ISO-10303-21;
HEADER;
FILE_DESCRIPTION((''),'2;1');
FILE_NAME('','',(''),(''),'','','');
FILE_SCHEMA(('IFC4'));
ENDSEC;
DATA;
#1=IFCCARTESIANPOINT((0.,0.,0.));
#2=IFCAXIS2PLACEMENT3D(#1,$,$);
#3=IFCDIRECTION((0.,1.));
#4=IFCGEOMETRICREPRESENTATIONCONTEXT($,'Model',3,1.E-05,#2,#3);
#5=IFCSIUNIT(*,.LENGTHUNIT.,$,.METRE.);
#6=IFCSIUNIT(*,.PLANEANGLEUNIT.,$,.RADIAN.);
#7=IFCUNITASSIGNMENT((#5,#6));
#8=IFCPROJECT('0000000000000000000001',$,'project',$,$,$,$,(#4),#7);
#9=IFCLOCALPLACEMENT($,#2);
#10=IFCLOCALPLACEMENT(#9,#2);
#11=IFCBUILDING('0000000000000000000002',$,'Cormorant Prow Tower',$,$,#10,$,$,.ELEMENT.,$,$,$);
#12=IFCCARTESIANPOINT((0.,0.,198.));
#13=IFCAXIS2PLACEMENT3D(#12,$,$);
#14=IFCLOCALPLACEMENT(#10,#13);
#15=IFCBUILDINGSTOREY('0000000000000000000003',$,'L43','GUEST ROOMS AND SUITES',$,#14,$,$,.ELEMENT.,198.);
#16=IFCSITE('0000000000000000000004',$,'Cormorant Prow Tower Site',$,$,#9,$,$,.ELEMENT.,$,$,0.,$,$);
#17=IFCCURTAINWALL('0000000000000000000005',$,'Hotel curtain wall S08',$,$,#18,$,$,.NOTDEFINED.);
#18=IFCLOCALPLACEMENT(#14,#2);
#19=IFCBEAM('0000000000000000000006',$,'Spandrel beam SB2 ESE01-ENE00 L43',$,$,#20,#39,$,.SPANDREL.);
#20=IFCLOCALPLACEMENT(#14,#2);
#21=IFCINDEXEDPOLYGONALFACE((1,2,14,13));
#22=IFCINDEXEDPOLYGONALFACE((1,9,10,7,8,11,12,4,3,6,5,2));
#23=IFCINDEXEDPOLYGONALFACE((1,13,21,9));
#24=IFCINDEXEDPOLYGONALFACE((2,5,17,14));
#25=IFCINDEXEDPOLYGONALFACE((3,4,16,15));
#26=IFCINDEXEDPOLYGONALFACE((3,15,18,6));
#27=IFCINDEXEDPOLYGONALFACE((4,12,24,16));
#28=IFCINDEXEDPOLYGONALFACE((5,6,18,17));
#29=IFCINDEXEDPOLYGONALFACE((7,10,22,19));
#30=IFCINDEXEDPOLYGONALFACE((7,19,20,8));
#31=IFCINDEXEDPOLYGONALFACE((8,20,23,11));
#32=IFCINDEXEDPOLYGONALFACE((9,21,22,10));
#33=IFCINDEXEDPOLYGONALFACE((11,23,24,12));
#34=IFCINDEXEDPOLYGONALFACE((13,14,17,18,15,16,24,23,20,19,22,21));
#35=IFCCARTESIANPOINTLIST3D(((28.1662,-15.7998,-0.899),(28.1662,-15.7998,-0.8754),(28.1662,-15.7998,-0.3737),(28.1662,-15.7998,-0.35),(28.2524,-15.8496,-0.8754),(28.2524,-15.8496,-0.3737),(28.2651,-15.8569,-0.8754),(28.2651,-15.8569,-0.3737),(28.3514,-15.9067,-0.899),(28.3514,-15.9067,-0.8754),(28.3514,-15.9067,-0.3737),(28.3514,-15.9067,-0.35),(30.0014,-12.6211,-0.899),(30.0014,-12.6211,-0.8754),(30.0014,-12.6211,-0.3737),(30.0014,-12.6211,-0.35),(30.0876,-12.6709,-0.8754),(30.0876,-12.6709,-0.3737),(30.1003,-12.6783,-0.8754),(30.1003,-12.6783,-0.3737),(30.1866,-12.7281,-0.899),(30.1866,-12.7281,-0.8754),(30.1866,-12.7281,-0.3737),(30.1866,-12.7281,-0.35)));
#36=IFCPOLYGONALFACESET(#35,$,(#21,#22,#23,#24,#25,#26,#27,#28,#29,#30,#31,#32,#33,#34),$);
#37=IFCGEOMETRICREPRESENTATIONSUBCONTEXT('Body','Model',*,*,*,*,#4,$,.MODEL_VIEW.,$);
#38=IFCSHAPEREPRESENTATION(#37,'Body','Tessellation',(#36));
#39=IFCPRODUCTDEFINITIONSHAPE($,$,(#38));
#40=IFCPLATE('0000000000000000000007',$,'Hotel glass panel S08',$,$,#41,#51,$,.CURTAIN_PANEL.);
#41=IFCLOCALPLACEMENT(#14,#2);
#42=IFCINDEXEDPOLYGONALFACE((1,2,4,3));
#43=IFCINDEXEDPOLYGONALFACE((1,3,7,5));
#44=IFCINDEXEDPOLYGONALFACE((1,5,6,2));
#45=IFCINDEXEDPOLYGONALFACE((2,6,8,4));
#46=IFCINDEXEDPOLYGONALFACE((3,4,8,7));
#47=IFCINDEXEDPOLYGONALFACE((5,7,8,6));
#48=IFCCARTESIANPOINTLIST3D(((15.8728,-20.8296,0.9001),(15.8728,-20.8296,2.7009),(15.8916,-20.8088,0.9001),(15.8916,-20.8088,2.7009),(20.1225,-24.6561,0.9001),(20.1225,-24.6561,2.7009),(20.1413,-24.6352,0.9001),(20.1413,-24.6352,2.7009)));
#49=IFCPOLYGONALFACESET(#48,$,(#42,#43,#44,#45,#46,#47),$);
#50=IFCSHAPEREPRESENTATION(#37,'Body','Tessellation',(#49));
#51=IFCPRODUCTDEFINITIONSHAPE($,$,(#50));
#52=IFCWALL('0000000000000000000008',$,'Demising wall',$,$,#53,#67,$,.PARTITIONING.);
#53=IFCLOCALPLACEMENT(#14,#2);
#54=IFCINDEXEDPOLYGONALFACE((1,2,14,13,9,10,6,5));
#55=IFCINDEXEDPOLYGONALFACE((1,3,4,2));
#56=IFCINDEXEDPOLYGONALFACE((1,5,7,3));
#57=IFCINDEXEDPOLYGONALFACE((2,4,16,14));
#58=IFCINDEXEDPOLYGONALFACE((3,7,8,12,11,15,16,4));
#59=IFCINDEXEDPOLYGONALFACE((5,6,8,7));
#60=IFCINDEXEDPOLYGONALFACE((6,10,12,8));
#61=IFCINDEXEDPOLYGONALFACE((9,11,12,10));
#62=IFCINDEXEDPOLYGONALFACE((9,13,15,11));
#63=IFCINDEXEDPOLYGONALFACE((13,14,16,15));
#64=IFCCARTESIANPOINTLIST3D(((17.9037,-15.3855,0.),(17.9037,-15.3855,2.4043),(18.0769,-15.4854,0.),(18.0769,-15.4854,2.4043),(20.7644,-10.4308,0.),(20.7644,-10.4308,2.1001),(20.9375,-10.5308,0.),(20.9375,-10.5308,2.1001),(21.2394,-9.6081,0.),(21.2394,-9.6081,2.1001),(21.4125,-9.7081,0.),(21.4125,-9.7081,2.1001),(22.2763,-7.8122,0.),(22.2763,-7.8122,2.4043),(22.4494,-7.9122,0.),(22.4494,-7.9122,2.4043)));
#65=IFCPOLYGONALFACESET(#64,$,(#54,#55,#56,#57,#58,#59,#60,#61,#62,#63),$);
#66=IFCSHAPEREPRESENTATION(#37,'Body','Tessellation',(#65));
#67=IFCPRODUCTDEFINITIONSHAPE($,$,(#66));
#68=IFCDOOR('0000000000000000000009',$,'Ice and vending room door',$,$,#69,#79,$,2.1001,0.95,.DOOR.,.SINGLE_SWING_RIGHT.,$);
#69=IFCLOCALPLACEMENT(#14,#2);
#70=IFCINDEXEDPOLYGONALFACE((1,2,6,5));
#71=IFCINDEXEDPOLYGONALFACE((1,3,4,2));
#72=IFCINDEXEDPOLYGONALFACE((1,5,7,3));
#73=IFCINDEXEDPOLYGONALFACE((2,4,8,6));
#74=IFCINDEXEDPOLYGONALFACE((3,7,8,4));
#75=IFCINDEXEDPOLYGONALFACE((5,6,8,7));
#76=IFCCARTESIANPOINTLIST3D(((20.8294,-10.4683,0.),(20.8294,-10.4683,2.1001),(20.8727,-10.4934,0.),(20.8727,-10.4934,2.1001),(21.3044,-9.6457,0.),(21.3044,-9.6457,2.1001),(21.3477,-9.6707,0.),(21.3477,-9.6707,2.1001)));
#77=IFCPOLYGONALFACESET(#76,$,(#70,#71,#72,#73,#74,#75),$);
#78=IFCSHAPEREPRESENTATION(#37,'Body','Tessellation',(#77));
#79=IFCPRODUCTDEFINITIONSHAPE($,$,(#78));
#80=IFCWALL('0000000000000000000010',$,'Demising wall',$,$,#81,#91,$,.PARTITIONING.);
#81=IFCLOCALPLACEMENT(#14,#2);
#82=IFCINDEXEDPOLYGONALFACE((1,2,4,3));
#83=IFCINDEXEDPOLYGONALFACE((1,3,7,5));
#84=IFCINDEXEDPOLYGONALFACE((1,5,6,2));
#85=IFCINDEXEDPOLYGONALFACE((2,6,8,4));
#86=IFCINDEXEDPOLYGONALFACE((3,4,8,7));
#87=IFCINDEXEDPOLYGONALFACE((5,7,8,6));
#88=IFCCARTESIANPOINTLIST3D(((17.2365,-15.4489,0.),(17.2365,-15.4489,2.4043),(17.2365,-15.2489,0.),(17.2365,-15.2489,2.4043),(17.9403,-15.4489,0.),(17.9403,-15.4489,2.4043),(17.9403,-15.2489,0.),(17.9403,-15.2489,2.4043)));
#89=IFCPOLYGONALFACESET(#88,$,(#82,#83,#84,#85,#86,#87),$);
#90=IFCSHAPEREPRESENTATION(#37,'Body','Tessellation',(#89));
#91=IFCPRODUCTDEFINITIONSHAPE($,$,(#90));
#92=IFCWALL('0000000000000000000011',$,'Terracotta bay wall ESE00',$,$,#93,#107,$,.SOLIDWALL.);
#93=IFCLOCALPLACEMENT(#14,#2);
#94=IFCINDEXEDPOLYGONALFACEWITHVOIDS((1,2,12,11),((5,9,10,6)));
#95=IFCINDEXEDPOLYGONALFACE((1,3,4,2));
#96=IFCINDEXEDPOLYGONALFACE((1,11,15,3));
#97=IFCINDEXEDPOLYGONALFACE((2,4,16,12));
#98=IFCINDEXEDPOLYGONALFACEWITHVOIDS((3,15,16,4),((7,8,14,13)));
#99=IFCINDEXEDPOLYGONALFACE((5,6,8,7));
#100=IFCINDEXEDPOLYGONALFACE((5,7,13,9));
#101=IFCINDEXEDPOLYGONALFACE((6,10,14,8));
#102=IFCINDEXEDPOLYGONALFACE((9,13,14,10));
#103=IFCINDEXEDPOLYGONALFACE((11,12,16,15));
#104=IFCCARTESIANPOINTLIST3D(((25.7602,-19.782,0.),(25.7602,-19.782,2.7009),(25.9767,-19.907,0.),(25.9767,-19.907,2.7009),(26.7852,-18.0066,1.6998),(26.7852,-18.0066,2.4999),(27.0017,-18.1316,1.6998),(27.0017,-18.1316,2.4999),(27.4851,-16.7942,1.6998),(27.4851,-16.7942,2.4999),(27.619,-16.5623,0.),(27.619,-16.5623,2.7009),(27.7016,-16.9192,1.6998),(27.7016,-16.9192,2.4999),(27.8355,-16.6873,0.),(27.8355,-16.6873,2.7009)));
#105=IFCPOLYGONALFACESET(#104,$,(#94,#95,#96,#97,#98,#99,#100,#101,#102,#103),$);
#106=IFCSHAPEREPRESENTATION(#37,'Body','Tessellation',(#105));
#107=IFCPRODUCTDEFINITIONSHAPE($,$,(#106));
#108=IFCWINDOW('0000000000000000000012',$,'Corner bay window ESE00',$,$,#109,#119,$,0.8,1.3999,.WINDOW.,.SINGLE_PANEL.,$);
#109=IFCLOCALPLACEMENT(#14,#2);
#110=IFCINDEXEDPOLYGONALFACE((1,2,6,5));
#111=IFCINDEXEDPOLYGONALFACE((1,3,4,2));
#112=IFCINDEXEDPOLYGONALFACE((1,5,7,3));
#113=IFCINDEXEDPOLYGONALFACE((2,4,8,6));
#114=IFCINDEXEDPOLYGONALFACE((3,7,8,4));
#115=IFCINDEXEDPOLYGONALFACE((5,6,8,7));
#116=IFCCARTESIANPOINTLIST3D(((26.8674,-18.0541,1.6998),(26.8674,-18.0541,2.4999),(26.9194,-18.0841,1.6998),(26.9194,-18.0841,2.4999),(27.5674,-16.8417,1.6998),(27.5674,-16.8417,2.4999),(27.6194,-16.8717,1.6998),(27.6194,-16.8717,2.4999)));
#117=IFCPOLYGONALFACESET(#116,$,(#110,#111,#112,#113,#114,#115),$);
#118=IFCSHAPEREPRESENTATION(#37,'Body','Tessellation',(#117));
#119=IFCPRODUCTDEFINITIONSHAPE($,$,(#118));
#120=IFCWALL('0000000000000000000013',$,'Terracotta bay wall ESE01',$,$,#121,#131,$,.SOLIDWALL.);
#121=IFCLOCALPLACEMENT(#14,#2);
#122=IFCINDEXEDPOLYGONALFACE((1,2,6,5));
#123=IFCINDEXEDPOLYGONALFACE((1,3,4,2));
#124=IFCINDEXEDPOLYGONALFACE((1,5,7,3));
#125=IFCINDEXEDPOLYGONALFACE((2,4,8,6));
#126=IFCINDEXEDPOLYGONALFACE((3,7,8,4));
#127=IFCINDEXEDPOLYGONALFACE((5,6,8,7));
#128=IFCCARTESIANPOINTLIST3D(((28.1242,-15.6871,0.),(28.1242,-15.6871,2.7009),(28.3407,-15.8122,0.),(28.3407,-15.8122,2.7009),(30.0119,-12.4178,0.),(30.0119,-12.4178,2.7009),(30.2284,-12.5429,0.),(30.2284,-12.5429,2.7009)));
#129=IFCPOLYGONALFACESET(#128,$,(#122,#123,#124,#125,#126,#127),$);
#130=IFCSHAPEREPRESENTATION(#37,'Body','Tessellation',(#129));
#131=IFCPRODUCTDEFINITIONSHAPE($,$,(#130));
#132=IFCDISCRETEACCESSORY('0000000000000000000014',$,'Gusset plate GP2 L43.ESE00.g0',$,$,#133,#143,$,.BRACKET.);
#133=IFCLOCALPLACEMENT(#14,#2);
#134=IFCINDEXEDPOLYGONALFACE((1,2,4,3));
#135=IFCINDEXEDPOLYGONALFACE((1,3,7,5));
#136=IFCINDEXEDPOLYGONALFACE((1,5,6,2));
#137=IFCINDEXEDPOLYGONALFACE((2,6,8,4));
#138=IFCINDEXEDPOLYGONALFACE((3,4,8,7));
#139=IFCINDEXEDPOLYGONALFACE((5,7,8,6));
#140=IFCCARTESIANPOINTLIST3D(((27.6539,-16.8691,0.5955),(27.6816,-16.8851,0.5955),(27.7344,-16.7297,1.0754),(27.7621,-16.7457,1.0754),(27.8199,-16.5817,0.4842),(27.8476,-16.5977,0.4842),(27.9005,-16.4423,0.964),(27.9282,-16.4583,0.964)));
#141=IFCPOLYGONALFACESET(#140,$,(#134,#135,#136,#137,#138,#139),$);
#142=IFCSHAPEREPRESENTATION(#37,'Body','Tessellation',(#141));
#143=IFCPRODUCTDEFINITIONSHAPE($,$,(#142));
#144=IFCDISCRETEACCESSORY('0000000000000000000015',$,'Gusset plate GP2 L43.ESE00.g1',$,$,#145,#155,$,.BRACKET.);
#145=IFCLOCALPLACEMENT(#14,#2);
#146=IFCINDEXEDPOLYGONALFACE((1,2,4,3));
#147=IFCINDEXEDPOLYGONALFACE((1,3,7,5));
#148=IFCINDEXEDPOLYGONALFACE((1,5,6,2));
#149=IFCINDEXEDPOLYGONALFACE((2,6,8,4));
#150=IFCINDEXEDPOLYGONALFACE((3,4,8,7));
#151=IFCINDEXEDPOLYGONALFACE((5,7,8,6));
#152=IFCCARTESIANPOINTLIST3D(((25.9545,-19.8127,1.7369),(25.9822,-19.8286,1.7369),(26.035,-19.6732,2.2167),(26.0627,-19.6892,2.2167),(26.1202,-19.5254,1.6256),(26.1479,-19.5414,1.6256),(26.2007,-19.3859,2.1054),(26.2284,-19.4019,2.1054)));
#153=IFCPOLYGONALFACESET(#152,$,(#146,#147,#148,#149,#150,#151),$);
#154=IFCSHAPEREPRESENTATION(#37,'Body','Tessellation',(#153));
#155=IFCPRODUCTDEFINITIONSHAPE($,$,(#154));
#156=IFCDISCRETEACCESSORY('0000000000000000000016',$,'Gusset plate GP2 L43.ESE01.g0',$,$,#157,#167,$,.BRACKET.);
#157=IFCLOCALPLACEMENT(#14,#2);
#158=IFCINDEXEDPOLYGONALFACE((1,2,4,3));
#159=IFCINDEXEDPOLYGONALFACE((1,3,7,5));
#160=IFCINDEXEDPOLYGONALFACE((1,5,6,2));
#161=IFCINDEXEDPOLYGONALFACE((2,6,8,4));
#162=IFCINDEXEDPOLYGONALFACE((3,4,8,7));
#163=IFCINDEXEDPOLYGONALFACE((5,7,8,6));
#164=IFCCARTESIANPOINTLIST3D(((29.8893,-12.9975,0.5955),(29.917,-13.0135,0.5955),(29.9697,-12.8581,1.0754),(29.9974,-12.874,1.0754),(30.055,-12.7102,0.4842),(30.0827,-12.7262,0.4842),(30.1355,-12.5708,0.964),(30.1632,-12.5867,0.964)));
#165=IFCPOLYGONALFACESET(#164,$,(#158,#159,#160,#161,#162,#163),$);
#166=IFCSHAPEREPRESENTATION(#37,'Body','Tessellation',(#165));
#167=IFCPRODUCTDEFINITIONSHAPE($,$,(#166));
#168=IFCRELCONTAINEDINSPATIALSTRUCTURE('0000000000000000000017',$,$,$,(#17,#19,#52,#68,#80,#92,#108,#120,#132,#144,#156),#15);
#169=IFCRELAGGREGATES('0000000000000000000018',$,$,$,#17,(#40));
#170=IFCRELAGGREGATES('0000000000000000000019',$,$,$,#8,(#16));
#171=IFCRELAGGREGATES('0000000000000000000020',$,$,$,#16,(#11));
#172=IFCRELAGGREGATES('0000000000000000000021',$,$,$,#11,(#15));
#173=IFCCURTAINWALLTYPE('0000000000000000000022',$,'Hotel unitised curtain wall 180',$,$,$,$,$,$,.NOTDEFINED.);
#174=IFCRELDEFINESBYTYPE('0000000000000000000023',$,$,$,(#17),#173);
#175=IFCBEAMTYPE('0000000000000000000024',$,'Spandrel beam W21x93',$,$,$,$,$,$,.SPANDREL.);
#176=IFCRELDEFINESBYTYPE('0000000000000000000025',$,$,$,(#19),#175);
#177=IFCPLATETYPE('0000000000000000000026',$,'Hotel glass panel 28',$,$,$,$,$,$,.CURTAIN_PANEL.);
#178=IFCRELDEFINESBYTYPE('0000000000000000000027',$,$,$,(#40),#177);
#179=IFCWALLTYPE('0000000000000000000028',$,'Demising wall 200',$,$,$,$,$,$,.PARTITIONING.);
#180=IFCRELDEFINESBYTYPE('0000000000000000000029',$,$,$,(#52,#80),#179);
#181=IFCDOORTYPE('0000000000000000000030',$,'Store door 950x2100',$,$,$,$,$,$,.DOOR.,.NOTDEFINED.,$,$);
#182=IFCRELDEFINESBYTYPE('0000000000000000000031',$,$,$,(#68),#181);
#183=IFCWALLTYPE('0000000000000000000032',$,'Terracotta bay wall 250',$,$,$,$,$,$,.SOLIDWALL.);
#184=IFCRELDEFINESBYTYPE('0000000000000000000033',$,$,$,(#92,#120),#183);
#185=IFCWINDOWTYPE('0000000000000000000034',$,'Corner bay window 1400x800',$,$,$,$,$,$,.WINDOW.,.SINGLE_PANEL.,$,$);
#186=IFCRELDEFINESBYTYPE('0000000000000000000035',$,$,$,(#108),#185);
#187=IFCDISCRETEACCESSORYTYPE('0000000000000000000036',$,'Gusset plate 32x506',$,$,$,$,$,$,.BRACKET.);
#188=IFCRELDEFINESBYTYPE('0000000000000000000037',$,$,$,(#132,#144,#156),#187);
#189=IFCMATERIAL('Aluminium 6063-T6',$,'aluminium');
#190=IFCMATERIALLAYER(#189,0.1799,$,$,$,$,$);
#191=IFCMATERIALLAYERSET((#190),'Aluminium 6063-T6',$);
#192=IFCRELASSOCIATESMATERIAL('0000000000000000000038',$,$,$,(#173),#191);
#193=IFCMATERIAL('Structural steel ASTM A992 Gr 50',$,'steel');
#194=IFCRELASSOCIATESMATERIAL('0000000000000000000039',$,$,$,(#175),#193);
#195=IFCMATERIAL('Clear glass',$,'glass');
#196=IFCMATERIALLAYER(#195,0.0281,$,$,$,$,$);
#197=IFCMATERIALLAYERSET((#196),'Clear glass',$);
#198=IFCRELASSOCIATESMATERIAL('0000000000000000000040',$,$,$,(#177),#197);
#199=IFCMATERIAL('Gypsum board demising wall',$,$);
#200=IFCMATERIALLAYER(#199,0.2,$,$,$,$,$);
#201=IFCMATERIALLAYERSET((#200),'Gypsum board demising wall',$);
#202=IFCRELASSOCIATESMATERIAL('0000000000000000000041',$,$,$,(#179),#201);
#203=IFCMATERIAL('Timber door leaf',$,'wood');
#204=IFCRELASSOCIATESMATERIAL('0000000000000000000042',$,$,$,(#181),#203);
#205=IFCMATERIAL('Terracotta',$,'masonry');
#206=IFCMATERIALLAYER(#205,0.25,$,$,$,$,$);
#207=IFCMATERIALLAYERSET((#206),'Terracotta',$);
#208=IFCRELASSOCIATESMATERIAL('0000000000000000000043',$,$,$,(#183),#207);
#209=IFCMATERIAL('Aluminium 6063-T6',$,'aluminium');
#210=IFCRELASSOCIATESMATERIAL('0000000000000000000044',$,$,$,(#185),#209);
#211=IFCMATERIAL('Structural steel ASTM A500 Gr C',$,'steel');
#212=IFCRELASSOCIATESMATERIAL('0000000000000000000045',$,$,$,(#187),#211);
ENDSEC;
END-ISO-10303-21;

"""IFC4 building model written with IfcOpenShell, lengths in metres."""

from ifc_helpers import new_model, si_unit, direction, frame, frame_2d, origin, origin_2d, place, context, subcontext, project, spatial, rectangle, i_section, extrude, material, layer, layer_set, material_profile, profile_set, type_object, element, fill, aggregate, save


model = new_model("IFC4")

# Units and contexts
model_context = context("Model", 3, precision=1e-05, world=origin(), true_north=direction((0.0, 1.0)))
body_context = subcontext(model_context, "Body", "Model", "MODEL_VIEW")
ifc_project = project(units=[si_unit("LENGTHUNIT", "METRE"), si_unit("PLANEANGLEUNIT", "RADIAN")], contexts=[model_context])

# Site, building, storey
site_placement = place(None, origin())
site = spatial("IfcSite", under=ifc_project, at=site_placement, Name="Cormorant Prow Tower Site", CompositionType="ELEMENT", RefElevation=0.0)
building_placement = place(site_placement, origin())
building = spatial("IfcBuilding", under=site, at=building_placement, Name="Cormorant Prow Tower", CompositionType="ELEMENT")
storey_placement = place(building_placement, frame((0.0, 0.0, 198.0)))
storey = spatial("IfcBuildingStorey", under=building, at=storey_placement, Name="L43", Description="GUEST ROOMS AND SUITES", CompositionType="ELEMENT", Elevation=198.0)

# Curtain wall
ifc_material_1 = material(Name="Aluminium 6063-T6", Category="aluminium")
ifc_layer_1 = layer(ifc_material_1, 0.1799)
ifc_layer_set_1 = layer_set([ifc_layer_1], Name="Aluminium 6063-T6")
curtain_wall_type = type_object("IfcCurtainWallType", Name="Hotel unitised curtain wall 180", PredefinedType="NOTDEFINED", material=ifc_layer_set_1)
curtain_wall_placement = place(storey_placement, origin())
curtain_wall = element("IfcCurtainWall", 1, at=curtain_wall_placement, inside=storey, type_object=curtain_wall_type, Name="Hotel curtain wall S08", PredefinedType="NOTDEFINED")

# Beam
ifc_material_2 = material(Name="Structural steel ASTM A992 Gr 50", Category="steel")
ifc_material_profile_1 = material_profile(ifc_material_2, i_section(OverallWidth=0.2139, OverallDepth=0.5491, WebThickness=0.0146, FlangeThickness=0.0237, at=origin_2d()), Name="W21x93")
ifc_profile_set_1 = profile_set([ifc_material_profile_1], Name="Structural steel ASTM A992 Gr 50")
beam_type = type_object("IfcBeamType", Name="Spandrel beam W21x93", PredefinedType="SPANDREL", material=ifc_profile_set_1)
for number, where, z_axis, x_axis, name in (
    (2, (28.2588, -15.8533, -0.6245), (0.499995, 0.866028, 0.0), (-0.866028, 0.499995, 0.0), "Spandrel beam SB2 ESE01-ENE00 L43"),
):
    element("IfcBeam", number, at=place(storey_placement, frame(where, z_axis=z_axis, x_axis=x_axis)), inside=storey, type_object=beam_type, Name=name, PredefinedType="SPANDREL", context=body_context, shape_type="SweptSolid", body=[
        extrude(i_section(OverallWidth=0.2139, OverallDepth=0.5491, WebThickness=0.0146, FlangeThickness=0.0237, at=origin_2d()), origin(), (0.0, 0.0, 1.0), 3.6704),
    ])

# Plate
ifc_material_3 = material(Name="Clear glass", Category="glass")
ifc_layer_2 = layer(ifc_material_3, 0.0281)
ifc_layer_set_2 = layer_set([ifc_layer_2], Name="Clear glass")
plate_type = type_object("IfcPlateType", Name="Hotel glass panel 28", PredefinedType="CURTAIN_PANEL", material=ifc_layer_set_2)
plate_placement = place(storey_placement, frame((18.0071, -22.7324, 0.9001), z_axis=(0.0, 0.0, 1.0), x_axis=(0.743145, -0.669131, 0.0)))
plate = element("IfcPlate", 3, at=plate_placement, type_object=plate_type, Name="Hotel glass panel S08", PredefinedType="CURTAIN_PANEL", context=body_context, shape_type="SweptSolid", body=[
    extrude(rectangle(XDim=5.7185, YDim=0.0281, at=origin_2d()), origin(), (0.0, 0.0, 1.0), 1.8008),
])
aggregate(curtain_wall, [plate])

# Wall, opening, door
ifc_material_4 = material(Name="Gypsum board demising wall")
ifc_layer_3 = layer(ifc_material_4, 0.2)
ifc_layer_set_3 = layer_set([ifc_layer_3], Name="Gypsum board demising wall")
wall_type_1 = type_object("IfcWallType", Name="Demising wall 200", PredefinedType="PARTITIONING", material=ifc_layer_set_3)
wall_1_placement = place(storey_placement, frame((17.9902, -15.4355, 0.0), z_axis=(0.0, 0.0, 1.0), x_axis=(0.500012, 0.866018, 0.0)))
wall_1 = element("IfcWall", 4, at=wall_1_placement, inside=storey, type_object=wall_type_1, Name="Demising wall", PredefinedType="PARTITIONING", context=body_context, shape_type="SweptSolid", body=[
    extrude(rectangle(XDim=8.7449, YDim=0.2, at=frame_2d((4.3726, 0.0))), origin(), (0.0, 0.0, 1.0), 2.4043),
])
opening_1_placement = place(wall_1_placement, frame((5.7212, 0.0, 0.0)))
opening_1 = element("IfcOpeningElement", 5, at=opening_1_placement, cuts=wall_1, PredefinedType="OPENING", context=body_context, shape_type="SweptSolid", body=[
    extrude(rectangle(XDim=0.95, YDim=2.1001, at=frame_2d((0.4751, 1.05))), frame((0.0, 0.1099, 0.0), z_axis=(0.0, -1.0, 0.0), x_axis=(1.0, 0.0, 0.0)), (0.0, 0.0, 1.0), 0.22),
])
ifc_material_5 = material(Name="Timber door leaf", Category="wood")
door_type_1 = type_object("IfcDoorType", Name="Store door 950x2100", OperationType="NOTDEFINED", PredefinedType="DOOR", material=ifc_material_5)
door_1_placement = place(opening_1_placement, origin())
door_1 = element("IfcDoor", 6, at=door_1_placement, inside=storey, type_object=door_type_1, Name="Ice and vending room door", OperationType="SINGLE_SWING_RIGHT", OverallHeight=2.1001, OverallWidth=0.95, PredefinedType="DOOR", context=body_context, shape_type="SweptSolid", body=[
    extrude(rectangle(XDim=0.95, YDim=2.1001, at=frame_2d((0.4751, 1.05))), frame((0.0, 0.0249, 0.0), z_axis=(0.0, -1.0, 0.0), x_axis=(1.0, 0.0, 0.0)), (0.0, 0.0, 1.0), 0.05),
])
fill(opening_1, door_1)

# Wall
wall_2_placement = place(storey_placement, frame((17.2363, -15.3489, 0.0), z_axis=(0.0, 0.0, 1.0), x_axis=(1.0, 0.0, 0.0)))
element("IfcWall", 7, at=wall_2_placement, inside=storey, type_object=wall_type_1, Name="Demising wall", PredefinedType="PARTITIONING", context=body_context, shape_type="SweptSolid", body=[
    extrude(rectangle(XDim=0.7039, YDim=0.2, at=frame_2d((0.3521, 0.0))), origin(), (0.0, 0.0, 1.0), 2.4043),
])

# Wall, opening, window
ifc_material_6 = material(Name="Terracotta", Category="masonry")
ifc_layer_4 = layer(ifc_material_6, 0.25)
ifc_layer_set_4 = layer_set([ifc_layer_4], Name="Terracotta")
wall_type_2 = type_object("IfcWallType", Name="Terracotta bay wall 250", PredefinedType="SOLIDWALL", material=ifc_layer_set_4)
wall_3_placement = place(storey_placement, frame((25.8684, -19.8445, 0.0), z_axis=(0.0, 0.0, 1.0), x_axis=(0.499995, 0.866028, 0.0)))
wall_3 = element("IfcWall", 8, at=wall_3_placement, inside=storey, type_object=wall_type_2, Name="Terracotta bay wall ESE00", PredefinedType="SOLIDWALL", context=body_context, shape_type="SweptSolid", body=[
    extrude(rectangle(XDim=3.7178, YDim=0.25, at=frame_2d((1.8589, 0.0))), origin(), (0.0, 0.0, 1.0), 2.7009),
])
opening_2_placement = place(wall_3_placement, frame((2.05, 0.0, 1.7)))
opening_2 = element("IfcOpeningElement", 9, at=opening_2_placement, cuts=wall_3, PredefinedType="OPENING", context=body_context, shape_type="SweptSolid", body=[
    extrude(rectangle(XDim=1.3999, YDim=0.8, at=frame_2d((0.7, 0.3999))), frame((0.0, 0.135, 0.0), z_axis=(0.0, -1.0, 0.0), x_axis=(1.0, 0.0, 0.0)), (0.0, 0.0, 1.0), 0.27),
])
ifc_material_7 = material(Name="Aluminium 6063-T6", Category="aluminium")
window_type = type_object("IfcWindowType", Name="Corner bay window 1400x800", PartitioningType="SINGLE_PANEL", PredefinedType="WINDOW", material=ifc_material_7)
window_placement = place(opening_2_placement, origin())
window = element("IfcWindow", 10, at=window_placement, inside=storey, type_object=window_type, Name="Corner bay window ESE00", OverallHeight=0.8, OverallWidth=1.3999, PartitioningType="SINGLE_PANEL", PredefinedType="WINDOW", context=body_context, shape_type="SweptSolid", body=[
    extrude(rectangle(XDim=1.3999, YDim=0.8, at=frame_2d((0.7, 0.3999))), frame((0.0, 0.03, 0.0), z_axis=(0.0, -1.0, 0.0), x_axis=(1.0, 0.0, 0.0)), (0.0, 0.0, 1.0), 0.0601),
])
fill(opening_2, window)

# Wall
wall_4_placement = place(storey_placement, frame((28.2324, -15.7498, 0.0), z_axis=(0.0, 0.0, 1.0), x_axis=(0.500034, 0.866006, 0.0)))
element("IfcWall", 11, at=wall_4_placement, inside=storey, type_object=wall_type_2, Name="Terracotta bay wall ESE01", PredefinedType="SOLIDWALL", context=body_context, shape_type="SweptSolid", body=[
    extrude(rectangle(XDim=3.7751, YDim=0.25, at=frame_2d((1.8877, 0.0))), origin(), (0.0, 0.0, 1.0), 2.7009),
])

# Discrete accessories
ifc_material_8 = material(Name="Structural steel ASTM A500 Gr C", Category="steel")
ifc_material_profile_2 = material_profile(ifc_material_8, rectangle(XDim=0.032, YDim=0.5061, at=origin_2d()), Name="Gusset plate 32x506")
ifc_profile_set_2 = profile_set([ifc_material_profile_2], Name="Structural steel ASTM A500 Gr C")
discrete_accessory_type = type_object("IfcDiscreteAccessoryType", Name="Gusset plate 32x506", PredefinedType="BRACKET", material=ifc_profile_set_2)
discrete_accessory_1_placement = place(storey_placement, frame((27.708, -16.8074, 0.8354), z_axis=(0.474278, 0.820919, -0.318045), x_axis=(-0.865879, 0.500253, 0.0)))
element("IfcDiscreteAccessory", 12, at=discrete_accessory_1_placement, inside=storey, type_object=discrete_accessory_type, Name="Gusset plate GP2 L43.ESE00.g0", PredefinedType="BRACKET", context=body_context, shape_type="SweptSolid", body=[
    extrude(rectangle(XDim=0.032, YDim=0.5061, at=origin_2d()), origin(), (0.0, 0.0, 1.0), 0.3501),
])
for number, where, z_axis, x_axis, name in (
    (13, (26.1743, -19.4636, 1.8655), (-0.473737, -0.82119, 0.31815), (0.866198, -0.499701, 0.0), "Gusset plate GP2 L43.ESE00.g1"),
    (14, (29.9434, -12.9358, 0.8354), (0.473737, 0.82119, -0.31815), (-0.866198, 0.499701, 0.0), "Gusset plate GP2 L43.ESE01.g0"),
):
    element("IfcDiscreteAccessory", number, at=place(storey_placement, frame(where, z_axis=z_axis, x_axis=x_axis)), inside=storey, type_object=discrete_accessory_type, Name=name, PredefinedType="BRACKET", context=body_context, shape_type="SweptSolid", body=[
        extrude(rectangle(XDim=0.032, YDim=0.5061, at=origin_2d()), origin(), (0.0, 0.0, 1.0), 0.3499),
    ])

save(model, "model.ifc")
